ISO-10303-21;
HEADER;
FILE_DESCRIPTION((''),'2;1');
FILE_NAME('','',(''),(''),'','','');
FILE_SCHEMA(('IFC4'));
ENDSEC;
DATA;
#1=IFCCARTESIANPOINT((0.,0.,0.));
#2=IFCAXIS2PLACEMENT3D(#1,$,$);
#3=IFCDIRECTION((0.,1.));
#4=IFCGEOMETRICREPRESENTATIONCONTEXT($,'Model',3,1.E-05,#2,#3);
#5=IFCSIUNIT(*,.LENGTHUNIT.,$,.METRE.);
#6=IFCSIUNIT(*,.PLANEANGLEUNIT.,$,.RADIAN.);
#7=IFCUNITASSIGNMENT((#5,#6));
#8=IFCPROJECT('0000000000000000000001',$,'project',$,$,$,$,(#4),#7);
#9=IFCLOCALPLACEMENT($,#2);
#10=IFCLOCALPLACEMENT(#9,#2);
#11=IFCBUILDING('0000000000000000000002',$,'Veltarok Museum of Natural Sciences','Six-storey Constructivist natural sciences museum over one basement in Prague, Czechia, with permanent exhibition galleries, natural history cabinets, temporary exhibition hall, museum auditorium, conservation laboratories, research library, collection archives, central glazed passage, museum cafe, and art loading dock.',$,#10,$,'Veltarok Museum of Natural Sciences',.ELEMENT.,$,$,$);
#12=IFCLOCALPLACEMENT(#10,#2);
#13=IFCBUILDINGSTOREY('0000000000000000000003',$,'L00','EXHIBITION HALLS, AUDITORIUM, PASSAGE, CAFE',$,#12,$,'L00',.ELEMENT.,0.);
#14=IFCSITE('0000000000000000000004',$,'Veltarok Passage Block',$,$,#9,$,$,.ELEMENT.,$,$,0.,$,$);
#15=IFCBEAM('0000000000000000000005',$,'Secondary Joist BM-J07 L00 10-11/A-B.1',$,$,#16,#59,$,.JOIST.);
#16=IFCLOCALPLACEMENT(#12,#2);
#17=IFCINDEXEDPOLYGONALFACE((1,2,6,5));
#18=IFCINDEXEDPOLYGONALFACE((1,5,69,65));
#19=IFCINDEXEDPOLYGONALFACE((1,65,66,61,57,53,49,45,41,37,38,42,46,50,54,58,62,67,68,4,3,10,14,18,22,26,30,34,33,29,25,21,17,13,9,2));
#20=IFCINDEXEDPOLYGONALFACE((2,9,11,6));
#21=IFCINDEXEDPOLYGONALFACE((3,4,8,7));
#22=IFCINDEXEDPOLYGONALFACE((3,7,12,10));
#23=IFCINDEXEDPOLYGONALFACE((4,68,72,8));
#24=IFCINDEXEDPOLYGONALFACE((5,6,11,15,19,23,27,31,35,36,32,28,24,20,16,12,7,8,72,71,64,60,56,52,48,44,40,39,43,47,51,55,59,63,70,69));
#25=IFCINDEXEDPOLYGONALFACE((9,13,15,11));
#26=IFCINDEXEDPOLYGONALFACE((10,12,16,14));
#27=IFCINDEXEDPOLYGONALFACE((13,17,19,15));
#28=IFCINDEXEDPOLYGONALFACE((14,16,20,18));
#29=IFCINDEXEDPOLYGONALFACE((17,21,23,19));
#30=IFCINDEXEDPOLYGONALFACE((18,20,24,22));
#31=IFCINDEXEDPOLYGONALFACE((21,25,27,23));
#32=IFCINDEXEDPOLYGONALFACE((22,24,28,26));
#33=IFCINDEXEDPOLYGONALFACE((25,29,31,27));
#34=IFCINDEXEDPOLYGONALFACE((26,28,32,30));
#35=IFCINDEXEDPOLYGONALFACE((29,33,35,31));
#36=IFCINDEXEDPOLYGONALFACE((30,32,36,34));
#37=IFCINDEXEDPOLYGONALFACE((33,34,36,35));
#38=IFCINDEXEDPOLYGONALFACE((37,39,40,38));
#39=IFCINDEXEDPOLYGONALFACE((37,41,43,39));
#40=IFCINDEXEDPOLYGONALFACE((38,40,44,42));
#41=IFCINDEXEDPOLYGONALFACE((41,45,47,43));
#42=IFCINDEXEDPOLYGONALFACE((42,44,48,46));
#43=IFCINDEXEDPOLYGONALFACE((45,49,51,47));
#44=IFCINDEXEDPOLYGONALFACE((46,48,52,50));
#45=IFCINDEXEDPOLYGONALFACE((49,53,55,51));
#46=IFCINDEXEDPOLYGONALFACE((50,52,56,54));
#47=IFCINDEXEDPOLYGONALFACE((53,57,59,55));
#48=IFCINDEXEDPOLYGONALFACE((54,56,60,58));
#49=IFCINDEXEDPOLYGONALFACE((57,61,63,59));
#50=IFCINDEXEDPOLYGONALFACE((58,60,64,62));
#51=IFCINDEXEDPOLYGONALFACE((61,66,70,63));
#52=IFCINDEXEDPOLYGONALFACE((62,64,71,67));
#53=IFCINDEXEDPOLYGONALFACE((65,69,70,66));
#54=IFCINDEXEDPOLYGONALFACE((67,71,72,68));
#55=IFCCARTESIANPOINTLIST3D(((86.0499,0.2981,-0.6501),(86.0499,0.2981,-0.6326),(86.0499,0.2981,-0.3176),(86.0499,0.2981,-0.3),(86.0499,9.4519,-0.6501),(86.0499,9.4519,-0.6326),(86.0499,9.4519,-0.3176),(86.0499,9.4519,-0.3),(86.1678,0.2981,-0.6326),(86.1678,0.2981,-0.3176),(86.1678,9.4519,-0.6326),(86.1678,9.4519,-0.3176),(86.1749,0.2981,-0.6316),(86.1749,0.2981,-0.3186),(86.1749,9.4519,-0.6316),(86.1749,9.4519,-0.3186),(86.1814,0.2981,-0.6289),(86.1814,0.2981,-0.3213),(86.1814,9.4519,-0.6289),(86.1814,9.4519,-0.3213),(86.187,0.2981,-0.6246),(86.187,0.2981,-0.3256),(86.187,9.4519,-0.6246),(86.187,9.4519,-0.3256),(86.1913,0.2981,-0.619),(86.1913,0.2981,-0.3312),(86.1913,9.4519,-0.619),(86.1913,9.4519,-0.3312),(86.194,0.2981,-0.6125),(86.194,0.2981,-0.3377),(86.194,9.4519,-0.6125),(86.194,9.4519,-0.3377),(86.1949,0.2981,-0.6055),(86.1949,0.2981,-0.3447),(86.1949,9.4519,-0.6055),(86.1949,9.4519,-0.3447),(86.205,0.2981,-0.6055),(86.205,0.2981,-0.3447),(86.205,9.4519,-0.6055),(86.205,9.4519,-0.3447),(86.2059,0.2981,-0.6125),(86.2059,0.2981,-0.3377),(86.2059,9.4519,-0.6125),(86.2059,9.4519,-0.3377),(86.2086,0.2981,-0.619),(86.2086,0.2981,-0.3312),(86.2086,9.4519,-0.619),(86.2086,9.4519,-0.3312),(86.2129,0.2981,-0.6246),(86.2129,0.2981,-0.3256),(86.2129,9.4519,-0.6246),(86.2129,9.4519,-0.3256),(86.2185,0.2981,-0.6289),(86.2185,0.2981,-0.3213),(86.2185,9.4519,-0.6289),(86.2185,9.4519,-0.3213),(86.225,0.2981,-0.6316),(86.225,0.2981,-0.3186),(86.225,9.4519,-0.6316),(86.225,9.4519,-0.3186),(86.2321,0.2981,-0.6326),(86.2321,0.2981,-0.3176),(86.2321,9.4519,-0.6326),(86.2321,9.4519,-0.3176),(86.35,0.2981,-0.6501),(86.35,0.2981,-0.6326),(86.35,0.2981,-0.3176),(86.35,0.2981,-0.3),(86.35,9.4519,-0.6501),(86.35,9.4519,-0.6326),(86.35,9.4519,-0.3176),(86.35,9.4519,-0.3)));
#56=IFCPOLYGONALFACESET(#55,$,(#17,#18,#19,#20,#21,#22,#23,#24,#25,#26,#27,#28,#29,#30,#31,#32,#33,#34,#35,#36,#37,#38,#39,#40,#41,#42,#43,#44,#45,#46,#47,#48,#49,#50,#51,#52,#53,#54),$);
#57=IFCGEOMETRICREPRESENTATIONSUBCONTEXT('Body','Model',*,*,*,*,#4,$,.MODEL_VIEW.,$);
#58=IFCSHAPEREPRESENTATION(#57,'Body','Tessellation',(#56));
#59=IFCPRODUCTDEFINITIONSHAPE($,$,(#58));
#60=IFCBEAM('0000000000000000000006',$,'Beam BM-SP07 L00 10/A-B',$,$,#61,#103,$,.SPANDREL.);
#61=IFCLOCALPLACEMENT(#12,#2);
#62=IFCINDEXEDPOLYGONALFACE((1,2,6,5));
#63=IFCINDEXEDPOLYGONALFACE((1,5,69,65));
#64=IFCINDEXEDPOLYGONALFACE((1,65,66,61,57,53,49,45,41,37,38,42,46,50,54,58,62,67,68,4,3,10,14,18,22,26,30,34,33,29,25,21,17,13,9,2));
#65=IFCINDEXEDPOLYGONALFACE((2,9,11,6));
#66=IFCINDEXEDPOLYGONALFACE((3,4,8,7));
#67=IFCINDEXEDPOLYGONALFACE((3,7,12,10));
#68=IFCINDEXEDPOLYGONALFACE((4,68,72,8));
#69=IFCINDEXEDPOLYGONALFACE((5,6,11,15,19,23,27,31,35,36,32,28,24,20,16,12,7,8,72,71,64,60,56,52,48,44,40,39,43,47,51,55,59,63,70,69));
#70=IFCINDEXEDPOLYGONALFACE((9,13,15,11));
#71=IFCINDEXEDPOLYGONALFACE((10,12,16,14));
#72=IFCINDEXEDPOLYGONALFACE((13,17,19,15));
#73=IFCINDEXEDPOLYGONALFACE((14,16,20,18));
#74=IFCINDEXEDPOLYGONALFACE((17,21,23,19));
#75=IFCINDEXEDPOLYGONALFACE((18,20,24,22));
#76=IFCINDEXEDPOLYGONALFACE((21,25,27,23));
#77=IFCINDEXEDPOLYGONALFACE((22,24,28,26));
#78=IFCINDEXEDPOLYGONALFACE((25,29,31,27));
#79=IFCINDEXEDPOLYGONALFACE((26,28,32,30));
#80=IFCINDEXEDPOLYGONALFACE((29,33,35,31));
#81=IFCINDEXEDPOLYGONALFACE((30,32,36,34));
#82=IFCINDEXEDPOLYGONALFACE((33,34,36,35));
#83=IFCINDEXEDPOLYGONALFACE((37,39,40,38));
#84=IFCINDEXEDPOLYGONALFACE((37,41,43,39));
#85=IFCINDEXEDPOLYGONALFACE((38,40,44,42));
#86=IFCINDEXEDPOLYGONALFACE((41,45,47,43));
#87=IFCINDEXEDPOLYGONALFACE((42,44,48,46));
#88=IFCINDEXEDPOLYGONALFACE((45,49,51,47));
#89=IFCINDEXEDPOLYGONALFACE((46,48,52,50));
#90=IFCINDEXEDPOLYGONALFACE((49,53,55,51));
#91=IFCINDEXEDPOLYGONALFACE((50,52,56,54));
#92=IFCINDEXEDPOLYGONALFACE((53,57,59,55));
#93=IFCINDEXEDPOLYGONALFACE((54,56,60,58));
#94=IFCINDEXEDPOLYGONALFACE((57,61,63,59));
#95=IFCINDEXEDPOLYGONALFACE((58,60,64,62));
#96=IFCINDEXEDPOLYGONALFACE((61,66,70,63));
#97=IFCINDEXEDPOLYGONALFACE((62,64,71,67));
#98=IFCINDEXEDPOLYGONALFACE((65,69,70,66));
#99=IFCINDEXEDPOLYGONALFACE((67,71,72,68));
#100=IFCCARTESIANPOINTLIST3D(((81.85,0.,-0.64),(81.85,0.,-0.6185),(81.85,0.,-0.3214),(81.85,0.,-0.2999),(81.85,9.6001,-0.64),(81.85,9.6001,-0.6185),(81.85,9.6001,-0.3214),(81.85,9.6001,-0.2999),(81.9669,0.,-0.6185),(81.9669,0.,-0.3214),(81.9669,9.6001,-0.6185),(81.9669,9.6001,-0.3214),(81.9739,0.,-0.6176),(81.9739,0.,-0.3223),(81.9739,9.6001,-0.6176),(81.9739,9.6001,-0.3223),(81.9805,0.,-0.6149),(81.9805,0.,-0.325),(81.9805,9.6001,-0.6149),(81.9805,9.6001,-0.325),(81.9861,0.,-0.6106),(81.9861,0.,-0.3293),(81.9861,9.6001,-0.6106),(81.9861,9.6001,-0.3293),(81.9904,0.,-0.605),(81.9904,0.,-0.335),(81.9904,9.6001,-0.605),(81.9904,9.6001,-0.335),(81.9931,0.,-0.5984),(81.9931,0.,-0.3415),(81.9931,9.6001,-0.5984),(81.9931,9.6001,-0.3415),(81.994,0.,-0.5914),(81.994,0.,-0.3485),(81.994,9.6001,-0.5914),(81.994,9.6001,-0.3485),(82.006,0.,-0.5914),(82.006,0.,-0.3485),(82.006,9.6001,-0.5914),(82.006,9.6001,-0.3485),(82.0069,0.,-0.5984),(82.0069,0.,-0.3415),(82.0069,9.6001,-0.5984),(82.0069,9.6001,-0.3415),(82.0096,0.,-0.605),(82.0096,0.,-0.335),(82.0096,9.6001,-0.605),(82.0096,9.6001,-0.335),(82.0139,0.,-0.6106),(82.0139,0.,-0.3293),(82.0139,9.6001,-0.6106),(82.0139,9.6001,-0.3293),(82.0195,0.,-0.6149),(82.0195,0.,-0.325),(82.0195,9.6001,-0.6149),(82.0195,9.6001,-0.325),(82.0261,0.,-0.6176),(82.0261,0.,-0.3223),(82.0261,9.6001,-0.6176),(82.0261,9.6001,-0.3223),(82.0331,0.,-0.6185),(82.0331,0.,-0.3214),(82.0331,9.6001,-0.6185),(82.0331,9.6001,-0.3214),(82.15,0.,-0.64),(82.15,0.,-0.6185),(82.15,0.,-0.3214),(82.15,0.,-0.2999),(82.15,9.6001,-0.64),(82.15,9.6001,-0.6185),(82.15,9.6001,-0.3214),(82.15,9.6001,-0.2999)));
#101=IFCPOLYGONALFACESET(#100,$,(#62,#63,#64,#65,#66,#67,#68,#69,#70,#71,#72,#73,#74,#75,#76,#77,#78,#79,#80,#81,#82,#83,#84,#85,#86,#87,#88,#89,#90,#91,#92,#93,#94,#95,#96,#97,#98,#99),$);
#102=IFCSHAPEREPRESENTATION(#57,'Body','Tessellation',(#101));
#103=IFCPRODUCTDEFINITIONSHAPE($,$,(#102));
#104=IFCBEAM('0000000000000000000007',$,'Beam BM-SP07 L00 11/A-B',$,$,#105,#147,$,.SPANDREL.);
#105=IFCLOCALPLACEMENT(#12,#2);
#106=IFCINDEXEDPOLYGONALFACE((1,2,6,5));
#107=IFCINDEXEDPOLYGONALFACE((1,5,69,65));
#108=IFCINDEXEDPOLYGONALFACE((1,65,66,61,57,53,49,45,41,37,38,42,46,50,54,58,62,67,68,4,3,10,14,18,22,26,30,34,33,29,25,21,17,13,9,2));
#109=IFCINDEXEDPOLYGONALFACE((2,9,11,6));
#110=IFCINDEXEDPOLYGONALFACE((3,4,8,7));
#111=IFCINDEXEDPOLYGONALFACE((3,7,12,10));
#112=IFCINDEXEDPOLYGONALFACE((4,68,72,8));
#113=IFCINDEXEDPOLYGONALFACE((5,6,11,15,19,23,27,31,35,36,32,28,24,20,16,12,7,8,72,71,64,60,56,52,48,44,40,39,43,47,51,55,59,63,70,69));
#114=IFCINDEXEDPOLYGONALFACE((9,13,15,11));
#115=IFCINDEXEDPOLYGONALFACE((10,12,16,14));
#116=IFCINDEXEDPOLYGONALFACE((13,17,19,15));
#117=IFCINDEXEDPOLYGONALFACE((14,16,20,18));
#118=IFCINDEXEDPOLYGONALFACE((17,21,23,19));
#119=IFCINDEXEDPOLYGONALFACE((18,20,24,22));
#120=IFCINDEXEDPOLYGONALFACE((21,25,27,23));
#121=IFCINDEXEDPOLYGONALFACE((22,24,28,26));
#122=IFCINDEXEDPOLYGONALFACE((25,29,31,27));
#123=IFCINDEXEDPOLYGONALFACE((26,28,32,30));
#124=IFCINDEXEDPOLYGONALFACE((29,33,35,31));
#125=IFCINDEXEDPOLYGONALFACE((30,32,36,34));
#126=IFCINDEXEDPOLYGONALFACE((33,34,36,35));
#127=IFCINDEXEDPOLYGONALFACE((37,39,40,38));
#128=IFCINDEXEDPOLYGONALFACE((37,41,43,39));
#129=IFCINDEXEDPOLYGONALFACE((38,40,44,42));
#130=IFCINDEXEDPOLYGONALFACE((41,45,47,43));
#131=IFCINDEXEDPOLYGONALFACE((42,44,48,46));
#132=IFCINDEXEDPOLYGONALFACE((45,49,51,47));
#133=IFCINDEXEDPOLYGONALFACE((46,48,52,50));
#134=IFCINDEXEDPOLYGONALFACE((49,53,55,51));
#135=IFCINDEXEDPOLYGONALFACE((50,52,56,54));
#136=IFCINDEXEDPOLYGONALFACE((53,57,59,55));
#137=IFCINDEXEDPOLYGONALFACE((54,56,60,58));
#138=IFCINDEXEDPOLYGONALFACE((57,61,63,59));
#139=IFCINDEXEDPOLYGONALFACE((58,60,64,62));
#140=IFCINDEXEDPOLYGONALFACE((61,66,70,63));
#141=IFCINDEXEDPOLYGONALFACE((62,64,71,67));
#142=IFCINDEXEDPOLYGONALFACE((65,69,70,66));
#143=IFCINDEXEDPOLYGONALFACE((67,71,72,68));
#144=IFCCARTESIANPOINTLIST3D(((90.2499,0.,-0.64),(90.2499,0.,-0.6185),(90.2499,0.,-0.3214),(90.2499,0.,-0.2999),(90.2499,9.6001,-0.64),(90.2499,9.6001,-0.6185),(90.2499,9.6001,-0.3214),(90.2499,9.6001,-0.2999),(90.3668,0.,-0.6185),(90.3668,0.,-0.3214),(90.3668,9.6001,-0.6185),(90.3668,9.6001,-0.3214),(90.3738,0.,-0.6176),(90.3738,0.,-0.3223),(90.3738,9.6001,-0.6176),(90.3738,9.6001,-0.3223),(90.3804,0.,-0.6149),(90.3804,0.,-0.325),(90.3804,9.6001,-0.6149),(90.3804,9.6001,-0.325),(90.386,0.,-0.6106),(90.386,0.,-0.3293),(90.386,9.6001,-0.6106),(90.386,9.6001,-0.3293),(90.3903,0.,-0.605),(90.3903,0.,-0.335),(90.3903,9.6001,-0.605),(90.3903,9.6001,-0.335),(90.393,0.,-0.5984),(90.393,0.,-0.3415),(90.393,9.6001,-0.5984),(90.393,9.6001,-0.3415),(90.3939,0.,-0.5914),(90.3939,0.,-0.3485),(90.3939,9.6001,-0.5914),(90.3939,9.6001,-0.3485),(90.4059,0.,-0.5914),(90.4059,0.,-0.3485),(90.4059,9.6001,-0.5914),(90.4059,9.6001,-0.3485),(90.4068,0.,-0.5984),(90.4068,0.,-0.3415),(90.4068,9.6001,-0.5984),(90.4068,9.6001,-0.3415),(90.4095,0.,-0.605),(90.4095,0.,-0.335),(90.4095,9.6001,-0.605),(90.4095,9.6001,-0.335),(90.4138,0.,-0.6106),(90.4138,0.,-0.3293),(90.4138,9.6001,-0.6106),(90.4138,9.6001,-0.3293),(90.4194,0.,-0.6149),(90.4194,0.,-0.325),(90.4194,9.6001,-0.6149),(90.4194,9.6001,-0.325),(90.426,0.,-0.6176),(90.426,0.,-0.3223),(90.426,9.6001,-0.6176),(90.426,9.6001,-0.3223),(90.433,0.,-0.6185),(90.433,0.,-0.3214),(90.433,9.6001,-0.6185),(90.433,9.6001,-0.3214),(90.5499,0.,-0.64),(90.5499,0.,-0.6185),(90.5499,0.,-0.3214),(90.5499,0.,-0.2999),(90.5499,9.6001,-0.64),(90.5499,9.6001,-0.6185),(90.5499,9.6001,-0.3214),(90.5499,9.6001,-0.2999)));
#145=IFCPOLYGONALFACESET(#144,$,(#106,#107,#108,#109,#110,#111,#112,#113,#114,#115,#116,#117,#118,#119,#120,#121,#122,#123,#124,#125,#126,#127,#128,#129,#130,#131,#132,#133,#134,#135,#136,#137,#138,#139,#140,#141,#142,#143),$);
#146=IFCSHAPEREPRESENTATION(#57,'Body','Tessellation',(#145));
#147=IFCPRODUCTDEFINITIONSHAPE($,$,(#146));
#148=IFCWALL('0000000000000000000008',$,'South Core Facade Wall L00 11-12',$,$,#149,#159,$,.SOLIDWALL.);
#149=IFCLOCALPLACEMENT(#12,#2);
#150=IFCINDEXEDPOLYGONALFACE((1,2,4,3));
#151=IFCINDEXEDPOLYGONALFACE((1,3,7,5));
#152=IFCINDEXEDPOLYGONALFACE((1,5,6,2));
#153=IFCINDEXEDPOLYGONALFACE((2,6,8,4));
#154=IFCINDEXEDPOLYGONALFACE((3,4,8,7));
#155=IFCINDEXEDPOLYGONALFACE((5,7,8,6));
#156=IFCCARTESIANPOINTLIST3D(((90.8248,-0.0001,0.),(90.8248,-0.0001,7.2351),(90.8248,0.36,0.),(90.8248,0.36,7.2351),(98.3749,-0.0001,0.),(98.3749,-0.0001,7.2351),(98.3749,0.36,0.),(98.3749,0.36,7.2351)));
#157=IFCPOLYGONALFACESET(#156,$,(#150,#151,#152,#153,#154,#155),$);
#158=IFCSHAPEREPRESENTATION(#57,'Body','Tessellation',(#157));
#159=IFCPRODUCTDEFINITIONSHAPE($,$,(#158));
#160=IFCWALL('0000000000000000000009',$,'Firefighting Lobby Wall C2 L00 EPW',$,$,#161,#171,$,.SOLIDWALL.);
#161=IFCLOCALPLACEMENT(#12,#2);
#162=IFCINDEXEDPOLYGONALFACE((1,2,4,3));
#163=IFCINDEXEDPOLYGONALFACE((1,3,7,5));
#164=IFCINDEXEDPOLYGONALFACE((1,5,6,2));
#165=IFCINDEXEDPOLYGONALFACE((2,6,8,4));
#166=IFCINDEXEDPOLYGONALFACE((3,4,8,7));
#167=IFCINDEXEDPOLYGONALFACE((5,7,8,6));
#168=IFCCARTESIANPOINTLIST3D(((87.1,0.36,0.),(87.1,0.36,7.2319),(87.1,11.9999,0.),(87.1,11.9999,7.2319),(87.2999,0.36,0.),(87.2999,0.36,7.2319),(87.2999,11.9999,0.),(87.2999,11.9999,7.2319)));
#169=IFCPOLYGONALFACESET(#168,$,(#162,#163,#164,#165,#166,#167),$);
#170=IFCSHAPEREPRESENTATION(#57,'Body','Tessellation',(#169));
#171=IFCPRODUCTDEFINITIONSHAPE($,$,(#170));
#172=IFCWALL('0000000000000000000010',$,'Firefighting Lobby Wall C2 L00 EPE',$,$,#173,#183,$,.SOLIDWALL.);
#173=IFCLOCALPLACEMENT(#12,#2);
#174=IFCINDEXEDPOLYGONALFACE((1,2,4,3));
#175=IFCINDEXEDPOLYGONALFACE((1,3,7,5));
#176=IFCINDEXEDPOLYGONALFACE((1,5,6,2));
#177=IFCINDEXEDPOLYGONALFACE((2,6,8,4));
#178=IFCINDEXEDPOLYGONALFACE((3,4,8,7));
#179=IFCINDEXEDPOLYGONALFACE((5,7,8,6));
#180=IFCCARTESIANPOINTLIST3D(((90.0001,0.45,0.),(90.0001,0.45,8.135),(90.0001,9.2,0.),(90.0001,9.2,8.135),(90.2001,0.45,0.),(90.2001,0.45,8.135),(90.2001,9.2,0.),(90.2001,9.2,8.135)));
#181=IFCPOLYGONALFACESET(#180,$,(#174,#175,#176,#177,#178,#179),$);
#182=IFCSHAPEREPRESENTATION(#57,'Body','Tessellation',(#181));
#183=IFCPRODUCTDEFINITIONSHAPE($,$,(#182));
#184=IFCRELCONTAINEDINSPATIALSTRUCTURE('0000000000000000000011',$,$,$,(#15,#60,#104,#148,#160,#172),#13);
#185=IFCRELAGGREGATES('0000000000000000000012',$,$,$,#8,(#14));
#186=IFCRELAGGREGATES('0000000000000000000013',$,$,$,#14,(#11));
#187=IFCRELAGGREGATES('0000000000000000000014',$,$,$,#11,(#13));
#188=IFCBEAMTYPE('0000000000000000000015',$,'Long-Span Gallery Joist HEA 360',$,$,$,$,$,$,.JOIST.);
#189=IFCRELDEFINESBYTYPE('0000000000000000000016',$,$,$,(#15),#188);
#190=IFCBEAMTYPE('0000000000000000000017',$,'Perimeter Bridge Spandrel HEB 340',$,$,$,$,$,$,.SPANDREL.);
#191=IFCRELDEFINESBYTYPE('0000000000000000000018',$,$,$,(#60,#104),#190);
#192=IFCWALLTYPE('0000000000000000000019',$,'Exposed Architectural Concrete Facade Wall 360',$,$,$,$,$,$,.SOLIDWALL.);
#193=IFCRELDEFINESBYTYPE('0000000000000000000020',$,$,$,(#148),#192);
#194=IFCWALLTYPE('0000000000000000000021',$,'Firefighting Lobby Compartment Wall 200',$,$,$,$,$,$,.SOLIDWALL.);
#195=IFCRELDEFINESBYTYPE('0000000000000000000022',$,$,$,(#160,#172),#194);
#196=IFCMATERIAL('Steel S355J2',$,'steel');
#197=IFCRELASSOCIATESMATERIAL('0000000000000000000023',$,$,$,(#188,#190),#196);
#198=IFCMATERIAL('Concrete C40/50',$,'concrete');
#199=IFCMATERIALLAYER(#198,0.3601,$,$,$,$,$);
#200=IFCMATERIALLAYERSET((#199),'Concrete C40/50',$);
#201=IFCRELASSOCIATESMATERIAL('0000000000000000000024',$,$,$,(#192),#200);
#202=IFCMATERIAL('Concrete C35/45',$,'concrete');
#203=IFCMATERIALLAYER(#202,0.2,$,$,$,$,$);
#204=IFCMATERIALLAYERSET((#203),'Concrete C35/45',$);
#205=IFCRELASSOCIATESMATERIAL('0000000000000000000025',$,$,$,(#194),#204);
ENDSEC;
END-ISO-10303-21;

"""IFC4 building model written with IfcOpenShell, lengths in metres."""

from ifc_helpers import new_model, si_unit, direction, frame, frame_2d, origin, origin_2d, place, context, subcontext, project, spatial, rectangle, i_section, extrude, material, layer, layer_set, material_profile, profile_set, type_object, element, save


model = new_model("IFC4")

# Units and contexts
model_context = context("Model", 3, precision=1e-05, world=origin(), true_north=direction((0.0, 1.0)))
body_context = subcontext(model_context, "Body", "Model", "MODEL_VIEW")
ifc_project = project(units=[si_unit("LENGTHUNIT", "METRE"), si_unit("PLANEANGLEUNIT", "RADIAN")], contexts=[model_context])

# Site, building, storey
site_placement = place(None, origin())
site = spatial("IfcSite", under=ifc_project, at=site_placement, Name="Veltarok Passage Block", CompositionType="ELEMENT", RefElevation=0.0)
building_placement = place(site_placement, origin())
building = spatial("IfcBuilding", under=site, at=building_placement, Name="Veltarok Museum of Natural Sciences", Description="Six-storey Constructivist natural sciences museum over one basement in Prague, Czechia, with permanent exhibition galleries, natural history cabinets, temporary exhibition hall, museum auditorium, conservation laboratories, research library, collection archives, central glazed passage, museum cafe, and art loading dock.", LongName="Veltarok Museum of Natural Sciences", CompositionType="ELEMENT")
storey_placement = place(building_placement, origin())
storey = spatial("IfcBuildingStorey", under=building, at=storey_placement, Name="L00", Description="EXHIBITION HALLS, AUDITORIUM, PASSAGE, CAFE", LongName="L00", CompositionType="ELEMENT", Elevation=0.0)

# Shared definitions
ifc_material_1 = material(Name="Concrete C40/50", Category="concrete")
ifc_material_2 = material(Name="Steel S355J2", Category="steel")

# Beams
ifc_material_profile_1 = material_profile(ifc_material_2, i_section(OverallWidth=0.3, OverallDepth=0.3501, WebThickness=0.01, FlangeThickness=0.0176, FilletRadius=0.0271, at=origin_2d()), Name="HEA 360")
ifc_profile_set_1 = profile_set([ifc_material_profile_1], Name="Steel S355J2")
beam_type_1 = type_object("IfcBeamType", Name="Long-Span Gallery Joist HEA 360", PredefinedType="JOIST", material=ifc_profile_set_1)
beam_1_placement = place(storey_placement, frame((86.2, 0.2981, -0.4751), z_axis=(0.0, 1.0, 0.0), x_axis=(-1.0, 0.0, 0.0)))
element("IfcBeam", 1, at=beam_1_placement, inside=storey, type_object=beam_type_1, Name="Secondary Joist BM-J07 L00 10-11/A-B.1", PredefinedType="JOIST", context=body_context, shape_type="SweptSolid", body=[
    extrude(i_section(OverallWidth=0.3, OverallDepth=0.3501, WebThickness=0.01, FlangeThickness=0.0176, FilletRadius=0.0271, at=origin_2d()), origin(), (0.0, 0.0, 1.0), 9.1538),
])
ifc_material_profile_2 = material_profile(ifc_material_2, i_section(OverallWidth=0.3, OverallDepth=0.3401, WebThickness=0.012, FlangeThickness=0.0215, FilletRadius=0.0271, at=origin_2d()), Name="HEB 340")
ifc_profile_set_2 = profile_set([ifc_material_profile_2], Name="Steel S355J2")
beam_type_2 = type_object("IfcBeamType", Name="Perimeter Bridge Spandrel HEB 340", PredefinedType="SPANDREL", material=ifc_profile_set_2)
for number, where, z_axis, x_axis, name in (
    (2, (82.0, 0.0, -0.47), (0.0, 1.0, 0.0), (-1.0, 0.0, 0.0), "Beam BM-SP07 L00 10/A-B"),
    (3, (90.3999, 0.0, -0.47), (0.0, 1.0, 0.0), (-1.0, 0.0, 0.0), "Beam BM-SP07 L00 11/A-B"),
):
    element("IfcBeam", number, at=place(storey_placement, frame(where, z_axis=z_axis, x_axis=x_axis)), inside=storey, type_object=beam_type_2, Name=name, PredefinedType="SPANDREL", context=body_context, shape_type="SweptSolid", body=[
        extrude(i_section(OverallWidth=0.3, OverallDepth=0.3401, WebThickness=0.012, FlangeThickness=0.0215, FilletRadius=0.0271, at=origin_2d()), origin(), (0.0, 0.0, 1.0), 9.6001),
    ])

# Shared definitions
ifc_layer_1 = layer(ifc_material_1, 0.3601)
ifc_layer_set_1 = layer_set([ifc_layer_1], Name="Concrete C40/50")
wall_type_1 = type_object("IfcWallType", Name="Exposed Architectural Concrete Facade Wall 360", PredefinedType="SOLIDWALL", material=ifc_layer_set_1)

# Walls
wall_1_placement = place(storey_placement, frame((90.825, 0.1799, 0.0), z_axis=(0.0, 0.0, 1.0), x_axis=(1.0, 0.0, 0.0)))
element("IfcWall", 4, at=wall_1_placement, inside=storey, type_object=wall_type_1, Name="South Core Facade Wall L00 11-12", PredefinedType="SOLIDWALL", context=body_context, shape_type="SweptSolid", body=[
    extrude(rectangle(XDim=7.55, YDim=0.3601, at=frame_2d((3.7749, 0.0))), origin(), (0.0, 0.0, 1.0), 7.2351),
])
ifc_material_3 = material(Name="Concrete C35/45", Category="concrete")
ifc_layer_2 = layer(ifc_material_3, 0.2)
ifc_layer_set_2 = layer_set([ifc_layer_2], Name="Concrete C35/45")
wall_type_2 = type_object("IfcWallType", Name="Firefighting Lobby Compartment Wall 200", PredefinedType="SOLIDWALL", material=ifc_layer_set_2)
wall_2_placement = place(storey_placement, frame((87.2, 0.3601, 0.0), z_axis=(0.0, 0.0, 1.0), x_axis=(0.0, 1.0, 0.0)))
element("IfcWall", 5, at=wall_2_placement, inside=storey, type_object=wall_type_2, Name="Firefighting Lobby Wall C2 L00 EPW", PredefinedType="SOLIDWALL", context=body_context, shape_type="SweptSolid", body=[
    extrude(rectangle(XDim=11.6399, YDim=0.2, at=frame_2d((5.8198, 0.0))), origin(), (0.0, 0.0, 1.0), 7.2319),
])
wall_3_placement = place(storey_placement, frame((90.1001, 9.2, 0.0), z_axis=(0.0, 0.0, 1.0), x_axis=(0.0, -1.0, 0.0)))
element("IfcWall", 6, at=wall_3_placement, inside=storey, type_object=wall_type_2, Name="Firefighting Lobby Wall C2 L00 EPE", PredefinedType="SOLIDWALL", context=body_context, shape_type="SweptSolid", body=[
    extrude(rectangle(XDim=8.75, YDim=0.2, at=frame_2d((4.375, 0.0))), origin(), (0.0, 0.0, 1.0), 8.135),
])

save(model, "model.ifc")
